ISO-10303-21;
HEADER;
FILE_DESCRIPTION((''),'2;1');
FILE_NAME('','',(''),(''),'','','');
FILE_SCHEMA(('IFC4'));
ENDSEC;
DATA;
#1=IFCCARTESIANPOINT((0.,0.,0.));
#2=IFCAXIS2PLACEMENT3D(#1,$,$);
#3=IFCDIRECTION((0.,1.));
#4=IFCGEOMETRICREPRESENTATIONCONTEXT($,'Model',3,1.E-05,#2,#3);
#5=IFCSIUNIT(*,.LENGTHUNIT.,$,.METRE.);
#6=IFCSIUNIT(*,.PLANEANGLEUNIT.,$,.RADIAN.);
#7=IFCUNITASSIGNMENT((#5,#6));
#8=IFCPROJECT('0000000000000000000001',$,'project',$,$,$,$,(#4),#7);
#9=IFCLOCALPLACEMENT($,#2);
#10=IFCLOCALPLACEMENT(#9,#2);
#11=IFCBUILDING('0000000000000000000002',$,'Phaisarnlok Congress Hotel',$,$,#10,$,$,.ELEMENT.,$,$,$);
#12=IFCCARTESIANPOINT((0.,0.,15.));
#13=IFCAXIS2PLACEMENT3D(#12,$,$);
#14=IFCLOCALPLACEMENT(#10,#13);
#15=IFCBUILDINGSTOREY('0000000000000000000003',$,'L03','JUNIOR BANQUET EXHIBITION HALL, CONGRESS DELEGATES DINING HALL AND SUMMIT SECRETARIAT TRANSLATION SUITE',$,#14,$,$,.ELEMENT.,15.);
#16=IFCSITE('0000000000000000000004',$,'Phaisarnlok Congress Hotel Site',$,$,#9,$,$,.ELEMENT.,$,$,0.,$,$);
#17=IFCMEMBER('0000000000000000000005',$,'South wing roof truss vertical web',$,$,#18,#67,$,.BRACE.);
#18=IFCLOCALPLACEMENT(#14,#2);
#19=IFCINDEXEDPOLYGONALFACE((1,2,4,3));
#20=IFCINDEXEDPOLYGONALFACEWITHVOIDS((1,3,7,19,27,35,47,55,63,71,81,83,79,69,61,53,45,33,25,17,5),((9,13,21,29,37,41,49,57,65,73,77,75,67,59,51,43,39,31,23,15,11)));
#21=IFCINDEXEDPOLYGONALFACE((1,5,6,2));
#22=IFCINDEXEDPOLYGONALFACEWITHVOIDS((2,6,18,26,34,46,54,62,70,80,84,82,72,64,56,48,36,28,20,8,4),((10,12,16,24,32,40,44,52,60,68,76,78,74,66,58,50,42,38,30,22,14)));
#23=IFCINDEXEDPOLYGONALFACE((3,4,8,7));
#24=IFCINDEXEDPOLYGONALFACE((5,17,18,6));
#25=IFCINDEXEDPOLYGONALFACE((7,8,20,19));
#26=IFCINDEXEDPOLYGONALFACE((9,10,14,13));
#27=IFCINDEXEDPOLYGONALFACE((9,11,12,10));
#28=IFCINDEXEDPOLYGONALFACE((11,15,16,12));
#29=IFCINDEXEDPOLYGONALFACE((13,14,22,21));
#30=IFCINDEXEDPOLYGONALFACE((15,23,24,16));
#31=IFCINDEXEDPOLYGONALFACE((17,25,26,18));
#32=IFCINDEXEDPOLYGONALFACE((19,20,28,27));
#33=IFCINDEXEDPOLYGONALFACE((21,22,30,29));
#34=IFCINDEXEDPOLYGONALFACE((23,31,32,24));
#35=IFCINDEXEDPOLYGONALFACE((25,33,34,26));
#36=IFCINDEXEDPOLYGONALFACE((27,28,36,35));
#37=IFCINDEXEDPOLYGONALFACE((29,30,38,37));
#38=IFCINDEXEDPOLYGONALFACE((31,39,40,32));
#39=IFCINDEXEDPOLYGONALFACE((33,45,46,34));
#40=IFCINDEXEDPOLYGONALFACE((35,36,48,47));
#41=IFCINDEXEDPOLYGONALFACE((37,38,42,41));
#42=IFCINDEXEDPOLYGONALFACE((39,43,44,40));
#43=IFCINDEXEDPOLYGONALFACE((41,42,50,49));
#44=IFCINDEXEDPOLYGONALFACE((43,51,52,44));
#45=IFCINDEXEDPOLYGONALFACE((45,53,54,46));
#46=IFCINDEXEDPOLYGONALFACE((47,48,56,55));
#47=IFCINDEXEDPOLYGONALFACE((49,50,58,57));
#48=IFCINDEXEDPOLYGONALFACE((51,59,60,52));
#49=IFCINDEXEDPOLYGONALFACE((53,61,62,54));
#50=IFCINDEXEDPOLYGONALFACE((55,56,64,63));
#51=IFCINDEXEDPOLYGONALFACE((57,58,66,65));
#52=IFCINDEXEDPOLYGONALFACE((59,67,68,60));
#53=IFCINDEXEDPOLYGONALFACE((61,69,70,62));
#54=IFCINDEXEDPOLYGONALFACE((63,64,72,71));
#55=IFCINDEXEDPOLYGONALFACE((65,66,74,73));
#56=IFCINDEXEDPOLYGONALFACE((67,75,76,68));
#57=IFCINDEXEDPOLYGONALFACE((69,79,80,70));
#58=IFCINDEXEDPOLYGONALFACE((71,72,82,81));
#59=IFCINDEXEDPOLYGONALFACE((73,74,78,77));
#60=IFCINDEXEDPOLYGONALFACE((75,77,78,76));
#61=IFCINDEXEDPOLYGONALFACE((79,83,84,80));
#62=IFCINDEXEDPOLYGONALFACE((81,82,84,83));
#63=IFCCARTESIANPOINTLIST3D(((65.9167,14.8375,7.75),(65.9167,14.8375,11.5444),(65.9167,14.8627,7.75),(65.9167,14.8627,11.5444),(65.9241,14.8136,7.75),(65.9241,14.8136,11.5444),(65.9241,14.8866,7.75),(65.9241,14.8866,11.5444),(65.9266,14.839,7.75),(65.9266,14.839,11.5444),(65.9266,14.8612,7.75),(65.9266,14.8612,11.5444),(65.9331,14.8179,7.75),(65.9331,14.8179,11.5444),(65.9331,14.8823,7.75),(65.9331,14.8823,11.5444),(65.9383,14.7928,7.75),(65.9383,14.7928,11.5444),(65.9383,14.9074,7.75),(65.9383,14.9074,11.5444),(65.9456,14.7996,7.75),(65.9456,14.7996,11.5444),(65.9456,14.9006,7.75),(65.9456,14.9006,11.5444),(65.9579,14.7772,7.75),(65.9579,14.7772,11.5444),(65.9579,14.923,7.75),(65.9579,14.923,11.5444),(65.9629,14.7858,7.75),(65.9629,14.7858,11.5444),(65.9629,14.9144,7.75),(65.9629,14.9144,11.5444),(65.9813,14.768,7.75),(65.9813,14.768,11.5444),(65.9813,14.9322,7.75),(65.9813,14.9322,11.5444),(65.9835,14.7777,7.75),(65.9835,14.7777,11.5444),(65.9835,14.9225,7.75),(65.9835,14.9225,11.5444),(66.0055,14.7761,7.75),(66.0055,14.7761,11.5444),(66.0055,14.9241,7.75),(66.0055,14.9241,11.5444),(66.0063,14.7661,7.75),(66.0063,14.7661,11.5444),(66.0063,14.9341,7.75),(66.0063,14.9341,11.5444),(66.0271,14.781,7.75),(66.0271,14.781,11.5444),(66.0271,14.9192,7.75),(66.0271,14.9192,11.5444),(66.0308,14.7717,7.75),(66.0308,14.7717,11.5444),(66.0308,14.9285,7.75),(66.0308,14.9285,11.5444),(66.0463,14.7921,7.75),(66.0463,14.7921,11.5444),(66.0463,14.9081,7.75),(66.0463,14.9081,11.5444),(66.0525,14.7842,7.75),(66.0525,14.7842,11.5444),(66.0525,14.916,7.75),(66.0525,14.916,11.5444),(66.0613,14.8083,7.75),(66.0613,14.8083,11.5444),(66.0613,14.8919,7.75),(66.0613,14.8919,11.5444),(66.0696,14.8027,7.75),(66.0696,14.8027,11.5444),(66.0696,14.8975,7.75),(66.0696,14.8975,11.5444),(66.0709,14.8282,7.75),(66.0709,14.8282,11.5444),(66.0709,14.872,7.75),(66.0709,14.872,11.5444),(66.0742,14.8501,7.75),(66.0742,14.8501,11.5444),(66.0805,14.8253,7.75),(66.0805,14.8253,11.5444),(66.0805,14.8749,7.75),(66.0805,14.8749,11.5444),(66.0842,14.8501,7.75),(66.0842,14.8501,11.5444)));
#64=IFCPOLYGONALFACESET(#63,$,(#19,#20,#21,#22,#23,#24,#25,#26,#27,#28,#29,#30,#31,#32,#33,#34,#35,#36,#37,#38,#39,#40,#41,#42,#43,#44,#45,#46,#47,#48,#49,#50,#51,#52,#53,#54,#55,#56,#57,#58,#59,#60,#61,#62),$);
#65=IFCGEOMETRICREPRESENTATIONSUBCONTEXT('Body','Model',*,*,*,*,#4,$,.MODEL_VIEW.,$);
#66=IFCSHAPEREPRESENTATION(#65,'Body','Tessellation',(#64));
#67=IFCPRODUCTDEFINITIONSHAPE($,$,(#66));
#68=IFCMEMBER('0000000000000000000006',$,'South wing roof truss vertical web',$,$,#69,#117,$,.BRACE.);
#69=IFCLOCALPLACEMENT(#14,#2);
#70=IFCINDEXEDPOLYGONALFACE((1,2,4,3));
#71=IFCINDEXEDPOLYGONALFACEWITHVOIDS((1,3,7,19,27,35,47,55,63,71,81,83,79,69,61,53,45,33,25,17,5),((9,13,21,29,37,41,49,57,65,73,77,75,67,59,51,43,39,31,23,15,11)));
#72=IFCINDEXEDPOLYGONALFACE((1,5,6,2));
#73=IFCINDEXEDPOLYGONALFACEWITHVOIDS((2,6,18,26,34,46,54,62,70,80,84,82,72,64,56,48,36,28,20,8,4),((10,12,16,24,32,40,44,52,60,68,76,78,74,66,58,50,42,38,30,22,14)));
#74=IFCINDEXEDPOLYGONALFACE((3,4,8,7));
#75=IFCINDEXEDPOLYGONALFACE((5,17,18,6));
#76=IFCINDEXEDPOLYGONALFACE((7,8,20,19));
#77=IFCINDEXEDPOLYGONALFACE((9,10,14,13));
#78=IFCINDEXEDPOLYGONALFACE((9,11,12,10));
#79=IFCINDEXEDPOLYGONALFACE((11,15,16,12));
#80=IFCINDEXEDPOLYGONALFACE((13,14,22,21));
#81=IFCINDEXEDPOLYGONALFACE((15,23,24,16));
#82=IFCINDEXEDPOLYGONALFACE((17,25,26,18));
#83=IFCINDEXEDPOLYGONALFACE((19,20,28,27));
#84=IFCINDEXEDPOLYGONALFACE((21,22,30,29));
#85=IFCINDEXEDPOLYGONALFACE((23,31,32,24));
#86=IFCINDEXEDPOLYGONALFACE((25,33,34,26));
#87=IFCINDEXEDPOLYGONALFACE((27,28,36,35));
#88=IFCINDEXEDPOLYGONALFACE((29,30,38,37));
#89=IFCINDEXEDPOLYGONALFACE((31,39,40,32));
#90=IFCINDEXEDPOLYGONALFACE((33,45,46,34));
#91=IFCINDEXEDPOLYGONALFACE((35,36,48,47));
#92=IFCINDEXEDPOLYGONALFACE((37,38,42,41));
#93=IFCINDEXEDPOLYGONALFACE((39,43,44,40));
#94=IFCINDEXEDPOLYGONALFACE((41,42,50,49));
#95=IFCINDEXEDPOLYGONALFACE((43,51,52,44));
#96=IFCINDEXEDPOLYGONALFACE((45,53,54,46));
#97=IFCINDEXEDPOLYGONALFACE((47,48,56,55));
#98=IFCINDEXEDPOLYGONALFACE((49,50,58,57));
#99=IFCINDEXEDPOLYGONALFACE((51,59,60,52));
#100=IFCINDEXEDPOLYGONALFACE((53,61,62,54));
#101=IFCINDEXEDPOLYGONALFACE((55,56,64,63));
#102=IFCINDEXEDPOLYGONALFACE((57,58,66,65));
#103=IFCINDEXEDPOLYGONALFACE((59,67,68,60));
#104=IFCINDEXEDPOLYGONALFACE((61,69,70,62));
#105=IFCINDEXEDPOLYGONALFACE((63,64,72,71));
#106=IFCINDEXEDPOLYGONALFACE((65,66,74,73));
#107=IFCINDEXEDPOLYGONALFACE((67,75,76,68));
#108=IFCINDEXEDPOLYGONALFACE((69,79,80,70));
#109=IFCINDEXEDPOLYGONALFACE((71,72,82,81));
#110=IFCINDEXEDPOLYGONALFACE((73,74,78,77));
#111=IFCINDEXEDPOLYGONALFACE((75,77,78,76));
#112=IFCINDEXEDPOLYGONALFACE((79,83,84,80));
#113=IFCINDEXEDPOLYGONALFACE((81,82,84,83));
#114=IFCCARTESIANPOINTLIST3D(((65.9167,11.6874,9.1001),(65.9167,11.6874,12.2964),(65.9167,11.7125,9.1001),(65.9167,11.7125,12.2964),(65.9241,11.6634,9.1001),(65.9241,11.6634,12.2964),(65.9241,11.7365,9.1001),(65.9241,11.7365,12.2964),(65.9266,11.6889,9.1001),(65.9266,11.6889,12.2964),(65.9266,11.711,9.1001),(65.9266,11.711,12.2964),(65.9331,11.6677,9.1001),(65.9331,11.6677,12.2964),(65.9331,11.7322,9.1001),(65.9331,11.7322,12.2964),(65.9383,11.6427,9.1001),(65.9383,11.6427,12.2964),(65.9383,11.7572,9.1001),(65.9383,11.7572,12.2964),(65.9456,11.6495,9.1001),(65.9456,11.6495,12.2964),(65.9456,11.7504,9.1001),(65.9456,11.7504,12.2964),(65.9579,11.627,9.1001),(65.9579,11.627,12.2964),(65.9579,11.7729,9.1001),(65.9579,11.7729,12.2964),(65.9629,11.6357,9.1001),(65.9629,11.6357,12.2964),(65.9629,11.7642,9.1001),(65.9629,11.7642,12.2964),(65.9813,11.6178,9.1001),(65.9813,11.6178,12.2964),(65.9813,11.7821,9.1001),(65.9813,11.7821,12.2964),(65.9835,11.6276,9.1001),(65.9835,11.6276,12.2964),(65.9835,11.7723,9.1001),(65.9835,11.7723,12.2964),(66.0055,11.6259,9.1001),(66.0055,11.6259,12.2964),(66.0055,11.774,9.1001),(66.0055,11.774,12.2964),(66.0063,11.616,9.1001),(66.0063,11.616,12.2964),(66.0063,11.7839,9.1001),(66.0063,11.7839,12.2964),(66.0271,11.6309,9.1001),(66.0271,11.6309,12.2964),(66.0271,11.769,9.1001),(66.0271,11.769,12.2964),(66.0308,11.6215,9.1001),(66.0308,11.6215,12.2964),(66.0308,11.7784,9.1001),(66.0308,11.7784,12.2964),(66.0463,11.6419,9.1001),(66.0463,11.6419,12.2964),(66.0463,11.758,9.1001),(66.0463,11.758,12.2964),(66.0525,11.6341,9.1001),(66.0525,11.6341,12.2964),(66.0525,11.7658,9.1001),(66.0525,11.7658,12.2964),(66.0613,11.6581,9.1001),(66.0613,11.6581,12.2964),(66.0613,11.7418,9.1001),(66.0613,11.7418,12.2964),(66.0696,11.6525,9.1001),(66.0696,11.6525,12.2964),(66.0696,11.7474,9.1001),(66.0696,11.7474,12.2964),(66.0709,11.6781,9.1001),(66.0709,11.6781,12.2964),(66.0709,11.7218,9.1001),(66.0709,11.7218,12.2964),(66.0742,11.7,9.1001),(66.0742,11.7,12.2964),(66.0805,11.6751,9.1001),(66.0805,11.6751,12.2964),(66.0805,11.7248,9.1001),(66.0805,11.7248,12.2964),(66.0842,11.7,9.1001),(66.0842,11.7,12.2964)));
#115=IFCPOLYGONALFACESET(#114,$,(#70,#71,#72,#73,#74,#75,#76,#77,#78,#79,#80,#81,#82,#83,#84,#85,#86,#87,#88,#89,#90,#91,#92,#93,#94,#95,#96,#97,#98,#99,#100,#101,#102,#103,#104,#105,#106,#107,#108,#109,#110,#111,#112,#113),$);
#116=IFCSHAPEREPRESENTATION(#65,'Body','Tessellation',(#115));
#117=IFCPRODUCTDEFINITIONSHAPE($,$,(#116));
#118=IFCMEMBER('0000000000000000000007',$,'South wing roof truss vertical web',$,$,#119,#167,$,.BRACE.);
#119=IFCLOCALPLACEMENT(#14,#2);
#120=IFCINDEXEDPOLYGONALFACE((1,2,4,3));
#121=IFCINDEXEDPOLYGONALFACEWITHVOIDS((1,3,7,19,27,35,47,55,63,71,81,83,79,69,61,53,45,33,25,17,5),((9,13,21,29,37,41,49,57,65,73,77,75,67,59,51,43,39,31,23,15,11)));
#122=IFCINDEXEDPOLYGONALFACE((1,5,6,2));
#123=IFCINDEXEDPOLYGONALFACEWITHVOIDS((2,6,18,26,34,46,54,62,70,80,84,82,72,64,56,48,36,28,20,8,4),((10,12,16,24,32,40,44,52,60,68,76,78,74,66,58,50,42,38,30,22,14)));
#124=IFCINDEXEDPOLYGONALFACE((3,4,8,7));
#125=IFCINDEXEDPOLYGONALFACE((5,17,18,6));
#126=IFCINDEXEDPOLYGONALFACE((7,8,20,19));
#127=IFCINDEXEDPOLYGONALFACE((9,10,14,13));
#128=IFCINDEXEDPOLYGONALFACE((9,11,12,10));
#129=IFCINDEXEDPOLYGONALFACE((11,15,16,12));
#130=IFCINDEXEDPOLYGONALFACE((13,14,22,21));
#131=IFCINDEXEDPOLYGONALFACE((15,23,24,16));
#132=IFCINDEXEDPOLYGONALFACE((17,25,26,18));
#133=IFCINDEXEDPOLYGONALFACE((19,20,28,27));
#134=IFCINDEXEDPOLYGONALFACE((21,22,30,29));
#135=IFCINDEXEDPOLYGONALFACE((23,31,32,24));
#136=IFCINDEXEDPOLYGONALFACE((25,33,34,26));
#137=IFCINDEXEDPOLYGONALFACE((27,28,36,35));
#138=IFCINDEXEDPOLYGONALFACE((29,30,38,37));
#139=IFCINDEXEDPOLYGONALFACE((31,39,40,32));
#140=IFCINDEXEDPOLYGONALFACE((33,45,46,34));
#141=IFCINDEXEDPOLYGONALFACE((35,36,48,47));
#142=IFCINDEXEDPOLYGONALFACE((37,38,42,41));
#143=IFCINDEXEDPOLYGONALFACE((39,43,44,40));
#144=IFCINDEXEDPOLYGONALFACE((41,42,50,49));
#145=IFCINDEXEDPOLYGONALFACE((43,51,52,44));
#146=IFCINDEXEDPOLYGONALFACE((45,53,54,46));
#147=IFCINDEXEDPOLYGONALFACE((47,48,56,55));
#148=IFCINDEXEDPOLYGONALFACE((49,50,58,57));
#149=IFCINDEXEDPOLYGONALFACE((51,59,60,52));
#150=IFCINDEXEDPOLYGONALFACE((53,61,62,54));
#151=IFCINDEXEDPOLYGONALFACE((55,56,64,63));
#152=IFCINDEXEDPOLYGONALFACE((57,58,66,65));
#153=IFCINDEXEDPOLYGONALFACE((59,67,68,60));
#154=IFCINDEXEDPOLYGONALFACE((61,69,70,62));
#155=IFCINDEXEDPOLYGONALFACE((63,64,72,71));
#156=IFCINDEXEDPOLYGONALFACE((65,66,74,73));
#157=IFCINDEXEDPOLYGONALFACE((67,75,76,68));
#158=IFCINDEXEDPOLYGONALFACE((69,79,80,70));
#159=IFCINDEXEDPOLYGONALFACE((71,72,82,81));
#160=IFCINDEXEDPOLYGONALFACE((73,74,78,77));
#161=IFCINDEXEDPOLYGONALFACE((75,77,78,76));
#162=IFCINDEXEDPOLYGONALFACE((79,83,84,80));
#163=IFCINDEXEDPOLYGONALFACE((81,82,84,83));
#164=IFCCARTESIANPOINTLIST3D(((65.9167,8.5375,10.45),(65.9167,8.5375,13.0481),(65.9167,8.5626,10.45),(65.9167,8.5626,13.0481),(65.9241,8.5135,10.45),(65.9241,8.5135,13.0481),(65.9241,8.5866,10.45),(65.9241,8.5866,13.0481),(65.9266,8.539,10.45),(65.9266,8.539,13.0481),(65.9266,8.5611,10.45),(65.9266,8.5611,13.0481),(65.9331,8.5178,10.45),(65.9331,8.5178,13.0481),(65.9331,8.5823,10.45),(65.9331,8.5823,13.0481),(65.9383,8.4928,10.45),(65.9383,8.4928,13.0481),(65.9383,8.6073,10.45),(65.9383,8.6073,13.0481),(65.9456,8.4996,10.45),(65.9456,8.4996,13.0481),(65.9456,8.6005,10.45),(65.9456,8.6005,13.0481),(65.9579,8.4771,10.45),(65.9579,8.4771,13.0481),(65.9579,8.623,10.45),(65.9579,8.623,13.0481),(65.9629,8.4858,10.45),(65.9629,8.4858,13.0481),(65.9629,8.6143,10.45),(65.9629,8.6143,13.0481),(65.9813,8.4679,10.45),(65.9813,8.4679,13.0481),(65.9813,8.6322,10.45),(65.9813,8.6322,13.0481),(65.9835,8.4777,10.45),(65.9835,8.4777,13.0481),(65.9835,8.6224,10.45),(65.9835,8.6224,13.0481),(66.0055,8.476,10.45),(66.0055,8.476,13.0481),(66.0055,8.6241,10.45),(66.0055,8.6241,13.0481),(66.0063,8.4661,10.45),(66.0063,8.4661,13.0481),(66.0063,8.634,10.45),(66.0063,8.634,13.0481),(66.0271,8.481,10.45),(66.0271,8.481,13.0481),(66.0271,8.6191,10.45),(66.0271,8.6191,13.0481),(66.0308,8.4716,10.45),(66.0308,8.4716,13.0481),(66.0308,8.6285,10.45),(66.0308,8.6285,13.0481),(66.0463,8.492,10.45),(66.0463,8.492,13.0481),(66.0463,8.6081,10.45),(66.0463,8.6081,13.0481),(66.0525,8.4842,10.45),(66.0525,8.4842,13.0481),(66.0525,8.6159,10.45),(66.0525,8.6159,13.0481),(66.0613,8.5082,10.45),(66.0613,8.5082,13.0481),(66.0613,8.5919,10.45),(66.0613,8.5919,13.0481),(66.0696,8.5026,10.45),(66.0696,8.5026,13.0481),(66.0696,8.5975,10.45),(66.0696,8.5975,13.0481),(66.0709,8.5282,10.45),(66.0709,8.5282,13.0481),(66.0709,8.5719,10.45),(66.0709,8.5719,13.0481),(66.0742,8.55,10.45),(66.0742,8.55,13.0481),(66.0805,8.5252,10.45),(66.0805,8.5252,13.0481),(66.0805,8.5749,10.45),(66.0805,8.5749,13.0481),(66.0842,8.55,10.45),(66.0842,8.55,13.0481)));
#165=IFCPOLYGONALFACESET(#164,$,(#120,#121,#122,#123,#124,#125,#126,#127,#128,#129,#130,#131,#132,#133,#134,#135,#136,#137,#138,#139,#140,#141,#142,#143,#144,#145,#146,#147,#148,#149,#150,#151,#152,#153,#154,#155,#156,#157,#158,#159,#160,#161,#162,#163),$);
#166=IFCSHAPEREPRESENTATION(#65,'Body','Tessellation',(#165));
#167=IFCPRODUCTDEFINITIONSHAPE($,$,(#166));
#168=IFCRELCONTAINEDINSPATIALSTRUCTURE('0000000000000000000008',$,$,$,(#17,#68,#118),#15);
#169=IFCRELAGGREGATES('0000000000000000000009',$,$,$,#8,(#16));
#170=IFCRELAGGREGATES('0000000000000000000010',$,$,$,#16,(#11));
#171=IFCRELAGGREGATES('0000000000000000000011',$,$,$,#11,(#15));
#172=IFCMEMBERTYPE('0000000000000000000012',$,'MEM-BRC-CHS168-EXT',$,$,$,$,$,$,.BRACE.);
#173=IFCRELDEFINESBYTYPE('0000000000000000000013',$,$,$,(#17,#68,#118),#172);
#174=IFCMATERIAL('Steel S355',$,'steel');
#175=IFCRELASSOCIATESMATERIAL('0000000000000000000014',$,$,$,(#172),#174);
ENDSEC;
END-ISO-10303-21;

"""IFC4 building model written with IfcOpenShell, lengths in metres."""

from ifc_helpers import new_model, si_unit, direction, frame, origin, origin_2d, place, context, subcontext, project, spatial, hollow_circle, extrude, material, material_profile, profile_set, type_object, element, save


model = new_model("IFC4")

# Units and contexts
model_context = context("Model", 3, precision=1e-05, world=origin(), true_north=direction((0.0, 1.0)))
body_context = subcontext(model_context, "Body", "Model", "MODEL_VIEW")
ifc_project = project(units=[si_unit("LENGTHUNIT", "METRE"), si_unit("PLANEANGLEUNIT", "RADIAN")], contexts=[model_context])

# Site, building, storey
site_placement = place(None, origin())
site = spatial("IfcSite", under=ifc_project, at=site_placement, Name="Phaisarnlok Congress Hotel Site", CompositionType="ELEMENT", RefElevation=0.0)
building_placement = place(site_placement, origin())
building = spatial("IfcBuilding", under=site, at=building_placement, Name="Phaisarnlok Congress Hotel", CompositionType="ELEMENT")
storey_placement = place(building_placement, frame((0.0, 0.0, 15.0)))
storey = spatial("IfcBuildingStorey", under=building, at=storey_placement, Name="L03", Description="JUNIOR BANQUET EXHIBITION HALL, CONGRESS DELEGATES DINING HALL AND SUMMIT SECRETARIAT TRANSLATION SUITE", CompositionType="ELEMENT", Elevation=15.0)

# Shared definitions
ifc_material_1 = material(Name="Steel S355", Category="steel")

# Members
ifc_material_profile_1 = material_profile(ifc_material_1, hollow_circle(Radius=0.0842, WallThickness=0.01, at=origin_2d()), Name="CHS 168.3x10")
ifc_profile_set_1 = profile_set([ifc_material_profile_1], Name="Steel S355")
member_type_1 = type_object("IfcMemberType", Name="MEM-BRC-CHS168-EXT", PredefinedType="BRACE", material=ifc_profile_set_1)
member_1_placement = place(storey_placement, frame((66.0, 14.8501, 7.75), z_axis=(0.0, 0.0, 1.0), x_axis=(1.0, 0.0, 0.0)))
element("IfcMember", 1, at=member_1_placement, inside=storey, type_object=member_type_1, Name="South wing roof truss vertical web", PredefinedType="BRACE", context=body_context, shape_type="SweptSolid", body=[
    extrude(hollow_circle(Radius=0.0842, WallThickness=0.01, at=origin_2d()), origin(), (0.0, 0.0, 1.0), 3.7944),
])
member_2_placement = place(storey_placement, frame((66.0, 11.7, 9.1001), z_axis=(0.0, 0.0, 1.0), x_axis=(1.0, 0.0, 0.0)))
element("IfcMember", 2, at=member_2_placement, inside=storey, type_object=member_type_1, Name="South wing roof truss vertical web", PredefinedType="BRACE", context=body_context, shape_type="SweptSolid", body=[
    extrude(hollow_circle(Radius=0.0842, WallThickness=0.01, at=origin_2d()), origin(), (0.0, 0.0, 1.0), 3.1963),
])
member_3_placement = place(storey_placement, frame((66.0, 8.55, 10.45), z_axis=(0.0, 0.0, 1.0), x_axis=(1.0, 0.0, 0.0)))
element("IfcMember", 3, at=member_3_placement, inside=storey, type_object=member_type_1, Name="South wing roof truss vertical web", PredefinedType="BRACE", context=body_context, shape_type="SweptSolid", body=[
    extrude(hollow_circle(Radius=0.0842, WallThickness=0.01, at=origin_2d()), origin(), (0.0, 0.0, 1.0), 2.5981),
])

save(model, "model.ifc")
